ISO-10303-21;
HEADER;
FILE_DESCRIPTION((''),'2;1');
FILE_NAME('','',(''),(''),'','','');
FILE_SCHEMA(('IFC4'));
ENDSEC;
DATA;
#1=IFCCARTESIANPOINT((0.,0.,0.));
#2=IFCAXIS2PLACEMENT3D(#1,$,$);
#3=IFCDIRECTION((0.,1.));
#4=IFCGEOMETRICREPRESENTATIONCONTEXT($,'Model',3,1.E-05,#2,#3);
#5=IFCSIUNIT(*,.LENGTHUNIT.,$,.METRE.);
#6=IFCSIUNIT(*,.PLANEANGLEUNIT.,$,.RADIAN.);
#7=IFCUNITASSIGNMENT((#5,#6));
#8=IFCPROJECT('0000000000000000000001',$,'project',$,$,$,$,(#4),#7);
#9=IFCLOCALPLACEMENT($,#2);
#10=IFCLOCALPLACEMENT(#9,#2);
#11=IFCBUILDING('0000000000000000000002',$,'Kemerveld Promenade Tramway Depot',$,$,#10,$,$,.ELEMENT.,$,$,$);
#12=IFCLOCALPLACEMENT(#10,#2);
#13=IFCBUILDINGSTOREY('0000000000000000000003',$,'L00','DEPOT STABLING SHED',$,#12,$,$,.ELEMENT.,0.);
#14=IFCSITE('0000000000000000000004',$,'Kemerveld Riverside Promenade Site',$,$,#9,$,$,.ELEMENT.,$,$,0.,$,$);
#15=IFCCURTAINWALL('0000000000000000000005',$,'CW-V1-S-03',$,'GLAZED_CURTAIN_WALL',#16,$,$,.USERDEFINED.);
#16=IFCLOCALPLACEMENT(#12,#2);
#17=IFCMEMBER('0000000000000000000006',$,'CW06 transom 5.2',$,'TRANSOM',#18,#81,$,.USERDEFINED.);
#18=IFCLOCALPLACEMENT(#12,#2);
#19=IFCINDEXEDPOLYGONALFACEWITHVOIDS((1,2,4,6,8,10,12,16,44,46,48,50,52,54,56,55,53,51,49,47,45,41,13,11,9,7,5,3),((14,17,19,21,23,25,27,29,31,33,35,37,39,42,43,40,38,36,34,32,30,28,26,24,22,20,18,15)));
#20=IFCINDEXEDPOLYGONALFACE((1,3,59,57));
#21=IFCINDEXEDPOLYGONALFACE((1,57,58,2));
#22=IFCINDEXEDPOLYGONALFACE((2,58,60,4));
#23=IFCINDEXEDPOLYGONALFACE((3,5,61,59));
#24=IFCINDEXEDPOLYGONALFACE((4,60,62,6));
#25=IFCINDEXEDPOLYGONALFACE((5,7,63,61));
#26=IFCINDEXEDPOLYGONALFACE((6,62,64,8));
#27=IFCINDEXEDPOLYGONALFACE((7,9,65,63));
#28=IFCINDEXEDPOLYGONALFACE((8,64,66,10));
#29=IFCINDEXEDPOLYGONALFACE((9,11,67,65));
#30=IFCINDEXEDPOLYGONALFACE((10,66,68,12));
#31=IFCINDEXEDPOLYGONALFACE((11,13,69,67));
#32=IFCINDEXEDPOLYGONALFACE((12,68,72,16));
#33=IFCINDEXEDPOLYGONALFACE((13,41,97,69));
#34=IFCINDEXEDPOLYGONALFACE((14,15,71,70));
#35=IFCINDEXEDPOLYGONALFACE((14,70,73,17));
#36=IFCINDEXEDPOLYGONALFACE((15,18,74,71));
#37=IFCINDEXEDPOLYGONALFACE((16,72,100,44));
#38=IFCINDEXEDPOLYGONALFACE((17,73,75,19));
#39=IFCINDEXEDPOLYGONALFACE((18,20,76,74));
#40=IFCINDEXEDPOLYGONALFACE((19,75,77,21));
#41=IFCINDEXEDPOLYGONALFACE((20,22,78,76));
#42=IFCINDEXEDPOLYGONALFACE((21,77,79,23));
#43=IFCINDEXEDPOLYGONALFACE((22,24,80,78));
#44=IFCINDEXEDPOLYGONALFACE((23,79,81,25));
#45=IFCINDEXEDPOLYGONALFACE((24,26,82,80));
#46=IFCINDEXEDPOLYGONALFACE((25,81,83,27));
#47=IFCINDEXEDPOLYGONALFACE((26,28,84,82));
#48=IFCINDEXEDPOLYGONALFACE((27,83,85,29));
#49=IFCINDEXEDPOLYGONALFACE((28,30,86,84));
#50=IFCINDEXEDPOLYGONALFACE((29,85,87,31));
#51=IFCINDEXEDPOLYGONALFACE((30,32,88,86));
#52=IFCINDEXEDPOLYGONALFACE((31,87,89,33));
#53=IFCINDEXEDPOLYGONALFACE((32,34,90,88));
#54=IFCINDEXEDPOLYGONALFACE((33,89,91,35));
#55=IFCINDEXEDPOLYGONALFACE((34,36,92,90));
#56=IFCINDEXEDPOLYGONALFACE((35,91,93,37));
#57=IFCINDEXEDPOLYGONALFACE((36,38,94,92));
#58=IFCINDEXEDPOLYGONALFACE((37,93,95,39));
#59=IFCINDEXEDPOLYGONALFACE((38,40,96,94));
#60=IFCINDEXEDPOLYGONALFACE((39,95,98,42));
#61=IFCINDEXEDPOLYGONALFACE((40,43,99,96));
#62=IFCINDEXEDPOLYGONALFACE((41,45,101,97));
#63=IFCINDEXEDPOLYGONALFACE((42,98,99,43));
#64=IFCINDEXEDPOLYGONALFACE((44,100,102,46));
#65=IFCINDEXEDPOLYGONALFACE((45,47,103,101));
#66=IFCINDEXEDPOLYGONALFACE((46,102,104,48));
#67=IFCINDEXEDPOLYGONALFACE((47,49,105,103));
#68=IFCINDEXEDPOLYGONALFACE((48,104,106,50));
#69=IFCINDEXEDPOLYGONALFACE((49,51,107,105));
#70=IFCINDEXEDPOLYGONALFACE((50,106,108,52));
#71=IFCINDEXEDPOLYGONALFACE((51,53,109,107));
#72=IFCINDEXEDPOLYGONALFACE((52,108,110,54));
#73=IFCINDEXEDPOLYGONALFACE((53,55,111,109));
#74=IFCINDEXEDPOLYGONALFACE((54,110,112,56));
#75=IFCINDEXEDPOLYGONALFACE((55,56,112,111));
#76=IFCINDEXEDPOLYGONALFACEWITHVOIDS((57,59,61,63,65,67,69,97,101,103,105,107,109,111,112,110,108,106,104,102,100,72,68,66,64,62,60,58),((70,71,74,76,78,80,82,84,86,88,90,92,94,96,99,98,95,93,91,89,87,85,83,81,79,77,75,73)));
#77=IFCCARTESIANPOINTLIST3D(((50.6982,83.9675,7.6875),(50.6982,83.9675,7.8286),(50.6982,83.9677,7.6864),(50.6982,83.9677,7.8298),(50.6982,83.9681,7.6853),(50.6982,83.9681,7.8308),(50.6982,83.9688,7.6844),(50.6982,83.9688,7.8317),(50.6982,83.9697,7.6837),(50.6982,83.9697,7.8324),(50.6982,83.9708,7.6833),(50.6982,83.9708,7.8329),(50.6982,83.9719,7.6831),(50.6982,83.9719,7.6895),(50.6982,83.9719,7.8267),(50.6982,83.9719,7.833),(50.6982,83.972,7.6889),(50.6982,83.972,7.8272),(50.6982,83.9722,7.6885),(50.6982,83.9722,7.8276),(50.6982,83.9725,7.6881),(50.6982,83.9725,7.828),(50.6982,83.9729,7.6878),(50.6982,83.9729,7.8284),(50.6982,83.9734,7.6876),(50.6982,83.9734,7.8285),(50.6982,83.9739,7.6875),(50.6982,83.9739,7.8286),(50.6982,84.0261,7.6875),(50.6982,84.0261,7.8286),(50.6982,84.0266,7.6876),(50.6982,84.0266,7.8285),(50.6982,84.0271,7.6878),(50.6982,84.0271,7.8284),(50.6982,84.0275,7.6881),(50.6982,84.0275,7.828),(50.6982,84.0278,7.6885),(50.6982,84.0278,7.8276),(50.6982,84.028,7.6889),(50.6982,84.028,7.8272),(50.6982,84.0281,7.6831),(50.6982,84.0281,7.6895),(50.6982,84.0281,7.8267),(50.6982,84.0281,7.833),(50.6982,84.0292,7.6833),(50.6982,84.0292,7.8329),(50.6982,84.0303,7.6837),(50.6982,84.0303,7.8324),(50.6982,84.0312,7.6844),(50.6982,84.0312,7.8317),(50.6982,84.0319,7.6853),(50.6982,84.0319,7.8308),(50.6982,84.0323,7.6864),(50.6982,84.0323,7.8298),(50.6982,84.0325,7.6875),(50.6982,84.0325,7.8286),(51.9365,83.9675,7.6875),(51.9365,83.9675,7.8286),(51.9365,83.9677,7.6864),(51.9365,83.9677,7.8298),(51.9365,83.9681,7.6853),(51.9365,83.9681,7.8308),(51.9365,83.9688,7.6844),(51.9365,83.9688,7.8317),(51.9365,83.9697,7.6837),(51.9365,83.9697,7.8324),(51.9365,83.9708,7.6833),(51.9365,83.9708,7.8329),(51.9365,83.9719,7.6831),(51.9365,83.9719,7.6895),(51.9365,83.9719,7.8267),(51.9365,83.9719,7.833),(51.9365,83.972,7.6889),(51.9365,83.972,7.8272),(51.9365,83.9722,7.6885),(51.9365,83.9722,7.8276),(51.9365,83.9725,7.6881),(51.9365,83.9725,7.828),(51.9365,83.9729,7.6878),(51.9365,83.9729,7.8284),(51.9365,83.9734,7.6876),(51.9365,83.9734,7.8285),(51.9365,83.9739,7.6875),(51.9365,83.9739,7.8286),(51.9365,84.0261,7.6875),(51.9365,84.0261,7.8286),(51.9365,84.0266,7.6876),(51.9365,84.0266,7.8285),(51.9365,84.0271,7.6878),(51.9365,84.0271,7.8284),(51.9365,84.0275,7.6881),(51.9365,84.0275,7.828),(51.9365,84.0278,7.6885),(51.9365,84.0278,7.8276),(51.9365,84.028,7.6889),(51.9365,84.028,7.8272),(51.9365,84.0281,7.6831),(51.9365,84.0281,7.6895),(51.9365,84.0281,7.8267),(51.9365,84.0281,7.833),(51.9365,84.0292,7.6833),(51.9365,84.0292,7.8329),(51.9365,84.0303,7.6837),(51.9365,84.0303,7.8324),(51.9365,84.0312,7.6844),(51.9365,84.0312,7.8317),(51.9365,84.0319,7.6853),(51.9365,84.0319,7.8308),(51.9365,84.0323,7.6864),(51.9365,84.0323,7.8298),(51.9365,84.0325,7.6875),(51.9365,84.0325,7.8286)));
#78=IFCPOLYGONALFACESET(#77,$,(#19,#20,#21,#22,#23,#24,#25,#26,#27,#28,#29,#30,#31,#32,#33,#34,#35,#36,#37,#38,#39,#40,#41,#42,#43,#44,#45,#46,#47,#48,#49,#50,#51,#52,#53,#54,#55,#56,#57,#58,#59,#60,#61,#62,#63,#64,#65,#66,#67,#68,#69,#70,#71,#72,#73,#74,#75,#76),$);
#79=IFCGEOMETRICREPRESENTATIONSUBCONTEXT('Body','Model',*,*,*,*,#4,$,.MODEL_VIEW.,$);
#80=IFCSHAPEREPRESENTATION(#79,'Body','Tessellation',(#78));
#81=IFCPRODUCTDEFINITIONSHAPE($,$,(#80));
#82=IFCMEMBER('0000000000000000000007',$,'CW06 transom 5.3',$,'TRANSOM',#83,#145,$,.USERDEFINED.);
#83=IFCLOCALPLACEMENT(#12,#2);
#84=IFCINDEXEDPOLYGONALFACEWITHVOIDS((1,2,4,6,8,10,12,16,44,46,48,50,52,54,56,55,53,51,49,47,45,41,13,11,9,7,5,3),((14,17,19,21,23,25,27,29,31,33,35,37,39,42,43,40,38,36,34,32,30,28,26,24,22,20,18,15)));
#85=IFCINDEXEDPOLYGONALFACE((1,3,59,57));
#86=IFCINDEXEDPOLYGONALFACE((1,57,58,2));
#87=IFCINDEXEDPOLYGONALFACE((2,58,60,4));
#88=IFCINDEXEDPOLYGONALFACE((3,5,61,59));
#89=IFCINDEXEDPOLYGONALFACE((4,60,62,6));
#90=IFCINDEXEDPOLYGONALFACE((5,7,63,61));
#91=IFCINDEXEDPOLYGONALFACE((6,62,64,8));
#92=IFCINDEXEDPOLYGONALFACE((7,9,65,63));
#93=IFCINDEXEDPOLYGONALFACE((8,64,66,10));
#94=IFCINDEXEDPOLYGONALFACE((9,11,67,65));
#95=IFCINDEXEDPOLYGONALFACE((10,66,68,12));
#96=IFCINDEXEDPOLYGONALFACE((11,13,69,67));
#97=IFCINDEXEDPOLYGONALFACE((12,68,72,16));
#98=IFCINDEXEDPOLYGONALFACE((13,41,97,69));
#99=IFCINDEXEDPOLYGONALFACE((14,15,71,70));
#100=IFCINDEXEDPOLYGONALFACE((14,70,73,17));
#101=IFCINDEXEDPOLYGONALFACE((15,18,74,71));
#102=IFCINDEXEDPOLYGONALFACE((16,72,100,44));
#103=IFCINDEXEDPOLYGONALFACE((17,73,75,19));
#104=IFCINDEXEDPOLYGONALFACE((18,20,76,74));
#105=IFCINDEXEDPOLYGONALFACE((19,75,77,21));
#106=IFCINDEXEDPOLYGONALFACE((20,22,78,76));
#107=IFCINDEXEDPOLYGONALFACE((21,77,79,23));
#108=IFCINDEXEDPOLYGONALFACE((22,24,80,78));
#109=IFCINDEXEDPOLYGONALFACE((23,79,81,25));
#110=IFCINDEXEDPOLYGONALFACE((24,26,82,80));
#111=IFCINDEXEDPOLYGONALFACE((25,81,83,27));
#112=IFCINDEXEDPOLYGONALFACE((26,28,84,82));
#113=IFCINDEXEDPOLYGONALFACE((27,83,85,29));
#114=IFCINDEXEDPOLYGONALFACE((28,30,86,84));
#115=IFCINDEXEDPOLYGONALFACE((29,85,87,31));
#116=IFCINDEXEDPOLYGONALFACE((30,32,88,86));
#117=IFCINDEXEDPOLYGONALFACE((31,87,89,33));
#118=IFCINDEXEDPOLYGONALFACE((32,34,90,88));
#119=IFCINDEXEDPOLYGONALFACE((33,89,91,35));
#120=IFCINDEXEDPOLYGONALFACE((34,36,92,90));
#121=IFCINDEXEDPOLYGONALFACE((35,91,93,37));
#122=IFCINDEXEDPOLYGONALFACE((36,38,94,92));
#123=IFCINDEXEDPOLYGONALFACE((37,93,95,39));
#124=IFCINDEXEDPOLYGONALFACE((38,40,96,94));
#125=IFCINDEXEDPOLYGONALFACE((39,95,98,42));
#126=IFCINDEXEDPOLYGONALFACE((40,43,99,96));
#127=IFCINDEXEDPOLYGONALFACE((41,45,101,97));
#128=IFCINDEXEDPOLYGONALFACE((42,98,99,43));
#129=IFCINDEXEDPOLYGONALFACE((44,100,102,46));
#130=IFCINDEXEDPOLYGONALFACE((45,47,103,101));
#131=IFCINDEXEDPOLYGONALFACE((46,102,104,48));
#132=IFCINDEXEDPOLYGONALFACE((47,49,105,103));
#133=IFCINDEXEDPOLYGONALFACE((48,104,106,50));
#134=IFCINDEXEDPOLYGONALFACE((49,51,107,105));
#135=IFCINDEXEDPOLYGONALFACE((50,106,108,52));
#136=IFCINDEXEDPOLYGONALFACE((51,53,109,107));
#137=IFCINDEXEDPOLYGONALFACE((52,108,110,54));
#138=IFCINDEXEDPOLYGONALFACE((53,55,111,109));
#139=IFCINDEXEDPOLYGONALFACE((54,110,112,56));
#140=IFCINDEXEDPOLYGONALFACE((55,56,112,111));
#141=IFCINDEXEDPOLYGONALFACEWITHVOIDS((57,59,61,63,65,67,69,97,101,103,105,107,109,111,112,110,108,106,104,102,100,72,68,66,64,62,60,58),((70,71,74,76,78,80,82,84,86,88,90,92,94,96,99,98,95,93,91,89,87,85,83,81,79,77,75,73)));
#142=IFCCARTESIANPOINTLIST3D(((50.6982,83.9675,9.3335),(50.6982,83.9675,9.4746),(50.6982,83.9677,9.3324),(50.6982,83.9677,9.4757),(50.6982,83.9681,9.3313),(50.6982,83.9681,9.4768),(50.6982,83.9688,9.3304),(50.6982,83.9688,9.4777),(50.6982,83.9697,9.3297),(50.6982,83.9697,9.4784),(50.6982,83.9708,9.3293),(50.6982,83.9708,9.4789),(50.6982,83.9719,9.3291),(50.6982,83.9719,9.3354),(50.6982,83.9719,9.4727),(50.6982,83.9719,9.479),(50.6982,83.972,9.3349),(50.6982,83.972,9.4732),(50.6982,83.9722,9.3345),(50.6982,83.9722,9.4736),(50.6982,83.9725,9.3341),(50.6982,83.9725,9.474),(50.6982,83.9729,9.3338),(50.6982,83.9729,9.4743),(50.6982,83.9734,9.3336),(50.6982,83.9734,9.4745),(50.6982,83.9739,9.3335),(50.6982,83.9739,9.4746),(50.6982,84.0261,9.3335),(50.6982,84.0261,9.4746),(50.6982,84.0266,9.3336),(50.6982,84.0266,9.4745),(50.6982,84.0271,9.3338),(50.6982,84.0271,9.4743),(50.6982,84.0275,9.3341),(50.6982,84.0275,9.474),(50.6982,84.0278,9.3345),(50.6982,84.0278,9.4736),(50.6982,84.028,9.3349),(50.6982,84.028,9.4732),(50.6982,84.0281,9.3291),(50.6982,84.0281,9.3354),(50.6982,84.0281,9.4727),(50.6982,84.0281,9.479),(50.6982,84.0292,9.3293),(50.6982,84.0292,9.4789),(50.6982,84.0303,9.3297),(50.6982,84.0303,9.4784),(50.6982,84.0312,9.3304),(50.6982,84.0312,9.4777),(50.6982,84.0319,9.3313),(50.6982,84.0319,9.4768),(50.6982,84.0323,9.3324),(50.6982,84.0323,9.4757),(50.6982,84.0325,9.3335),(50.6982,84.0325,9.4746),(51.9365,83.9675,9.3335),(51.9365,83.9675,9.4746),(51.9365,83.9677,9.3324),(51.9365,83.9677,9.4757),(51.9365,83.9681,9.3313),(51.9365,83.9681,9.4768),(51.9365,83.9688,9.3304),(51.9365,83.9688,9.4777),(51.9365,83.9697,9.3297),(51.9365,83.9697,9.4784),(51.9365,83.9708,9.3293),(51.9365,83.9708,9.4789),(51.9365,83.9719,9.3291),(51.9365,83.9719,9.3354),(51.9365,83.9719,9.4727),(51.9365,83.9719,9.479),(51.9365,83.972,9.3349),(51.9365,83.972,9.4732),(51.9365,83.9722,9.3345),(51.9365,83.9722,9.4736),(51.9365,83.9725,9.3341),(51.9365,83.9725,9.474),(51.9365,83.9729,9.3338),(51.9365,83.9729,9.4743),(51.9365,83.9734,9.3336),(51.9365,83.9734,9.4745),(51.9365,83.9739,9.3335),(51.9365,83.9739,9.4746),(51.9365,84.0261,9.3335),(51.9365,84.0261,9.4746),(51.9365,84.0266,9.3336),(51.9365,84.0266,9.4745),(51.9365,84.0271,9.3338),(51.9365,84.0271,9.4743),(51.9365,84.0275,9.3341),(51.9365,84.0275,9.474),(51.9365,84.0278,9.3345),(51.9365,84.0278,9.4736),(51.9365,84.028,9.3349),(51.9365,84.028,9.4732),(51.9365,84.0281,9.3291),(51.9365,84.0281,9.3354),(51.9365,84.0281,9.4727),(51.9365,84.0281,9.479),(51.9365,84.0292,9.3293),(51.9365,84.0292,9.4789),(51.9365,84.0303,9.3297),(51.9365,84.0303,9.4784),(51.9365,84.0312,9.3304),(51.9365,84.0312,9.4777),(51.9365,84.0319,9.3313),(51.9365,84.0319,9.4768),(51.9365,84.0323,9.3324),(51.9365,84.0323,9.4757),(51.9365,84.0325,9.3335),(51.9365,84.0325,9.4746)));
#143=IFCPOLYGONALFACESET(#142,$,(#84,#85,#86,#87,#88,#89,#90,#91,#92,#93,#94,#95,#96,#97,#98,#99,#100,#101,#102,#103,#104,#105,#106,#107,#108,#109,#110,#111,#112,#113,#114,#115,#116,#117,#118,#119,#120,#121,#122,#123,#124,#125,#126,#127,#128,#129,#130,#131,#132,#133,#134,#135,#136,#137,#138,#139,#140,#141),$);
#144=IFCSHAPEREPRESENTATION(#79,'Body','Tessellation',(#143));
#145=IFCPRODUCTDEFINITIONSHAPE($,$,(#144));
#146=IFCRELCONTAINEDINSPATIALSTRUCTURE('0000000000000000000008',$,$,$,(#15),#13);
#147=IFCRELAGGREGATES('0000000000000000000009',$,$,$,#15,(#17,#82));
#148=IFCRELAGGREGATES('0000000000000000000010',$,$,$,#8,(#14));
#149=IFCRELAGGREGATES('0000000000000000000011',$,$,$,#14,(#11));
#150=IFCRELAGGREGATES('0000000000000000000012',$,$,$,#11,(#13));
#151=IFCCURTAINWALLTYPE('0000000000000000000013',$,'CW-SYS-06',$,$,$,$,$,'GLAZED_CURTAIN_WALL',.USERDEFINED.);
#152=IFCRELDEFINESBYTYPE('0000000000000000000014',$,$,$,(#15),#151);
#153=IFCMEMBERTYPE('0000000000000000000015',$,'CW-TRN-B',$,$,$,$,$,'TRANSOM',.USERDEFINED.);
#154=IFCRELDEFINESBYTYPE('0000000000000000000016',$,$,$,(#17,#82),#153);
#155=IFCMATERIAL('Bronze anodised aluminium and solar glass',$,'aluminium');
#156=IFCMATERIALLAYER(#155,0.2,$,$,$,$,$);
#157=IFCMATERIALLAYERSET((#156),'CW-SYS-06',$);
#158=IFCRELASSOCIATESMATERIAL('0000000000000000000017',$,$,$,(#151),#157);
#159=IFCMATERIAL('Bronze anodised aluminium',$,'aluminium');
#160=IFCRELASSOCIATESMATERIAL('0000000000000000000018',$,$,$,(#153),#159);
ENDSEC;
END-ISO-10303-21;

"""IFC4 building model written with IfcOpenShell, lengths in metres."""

from ifc_helpers import new_model, si_unit, direction, frame, origin, origin_2d, place, context, subcontext, project, spatial, hollow_rectangle, extrude, material, layer, layer_set, material_profile, profile_set, type_object, element, aggregate, save


model = new_model("IFC4")

# Units and contexts
model_context = context("Model", 3, precision=1e-05, world=origin(), true_north=direction((0.0, 1.0)))
body_context = subcontext(model_context, "Body", "Model", "MODEL_VIEW")
ifc_project = project(units=[si_unit("LENGTHUNIT", "METRE"), si_unit("PLANEANGLEUNIT", "RADIAN")], contexts=[model_context])

# Site, building, storey
site_placement = place(None, origin())
site = spatial("IfcSite", under=ifc_project, at=site_placement, Name="Kemerveld Riverside Promenade Site", CompositionType="ELEMENT", RefElevation=0.0)
building_placement = place(site_placement, origin())
building = spatial("IfcBuilding", under=site, at=building_placement, Name="Kemerveld Promenade Tramway Depot", CompositionType="ELEMENT")
storey_placement = place(building_placement, origin())
storey = spatial("IfcBuildingStorey", under=building, at=storey_placement, Name="L00", Description="DEPOT STABLING SHED", CompositionType="ELEMENT", Elevation=0.0)

# Curtain wall, members
ifc_material_1 = material(Name="Bronze anodised aluminium and solar glass", Category="aluminium")
ifc_material_2 = material(Name="Bronze anodised aluminium", Category="aluminium")
ifc_layer_1 = layer(ifc_material_1, 0.2)
ifc_layer_set_1 = layer_set([ifc_layer_1], Name="CW-SYS-06")
curtain_wall_type_1 = type_object("IfcCurtainWallType", Name="CW-SYS-06", ElementType="GLAZED_CURTAIN_WALL", PredefinedType="USERDEFINED", material=ifc_layer_set_1)
curtain_wall_1_placement = place(storey_placement, origin())
curtain_wall_1 = element("IfcCurtainWall", 1, at=curtain_wall_1_placement, inside=storey, type_object=curtain_wall_type_1, Name="CW-V1-S-03", ObjectType="GLAZED_CURTAIN_WALL", PredefinedType="USERDEFINED")
ifc_material_profile_1 = material_profile(ifc_material_2, hollow_rectangle(XDim=0.0649, YDim=0.1499, WallThickness=0.0044, InnerFilletRadius=0.002, OuterFilletRadius=0.0044, at=origin_2d()), Name="CW-TRN-150x65")
ifc_profile_set_1 = profile_set([ifc_material_profile_1], Name="Bronze anodised aluminium")
member_type_1 = type_object("IfcMemberType", Name="CW-TRN-B", ElementType="TRANSOM", PredefinedType="USERDEFINED", material=ifc_profile_set_1)
member_1_placement = place(storey_placement, frame((51.9365, 84.0, 7.7581), z_axis=(-1.0, 0.0, 0.0), x_axis=(0.0, -1.0, 0.0)))
member_1 = element("IfcMember", 2, at=member_1_placement, type_object=member_type_1, Name="CW06 transom 5.2", ObjectType="TRANSOM", PredefinedType="USERDEFINED", context=body_context, shape_type="SweptSolid", body=[
    extrude(hollow_rectangle(XDim=0.0649, YDim=0.1499, WallThickness=0.0044, InnerFilletRadius=0.002, OuterFilletRadius=0.0044, at=origin_2d()), origin(), (0.0, 0.0, 1.0), 1.2383),
])
member_2_placement = place(storey_placement, frame((51.9365, 84.0, 9.4041), z_axis=(-1.0, 0.0, 0.0), x_axis=(0.0, -1.0, 0.0)))
member_2 = element("IfcMember", 3, at=member_2_placement, type_object=member_type_1, Name="CW06 transom 5.3", ObjectType="TRANSOM", PredefinedType="USERDEFINED", context=body_context, shape_type="SweptSolid", body=[
    extrude(hollow_rectangle(XDim=0.0649, YDim=0.1499, WallThickness=0.0044, InnerFilletRadius=0.002, OuterFilletRadius=0.0044, at=origin_2d()), origin(), (0.0, 0.0, 1.0), 1.2383),
])

aggregate(curtain_wall_1, [member_1, member_2])

save(model, "model.ifc")
